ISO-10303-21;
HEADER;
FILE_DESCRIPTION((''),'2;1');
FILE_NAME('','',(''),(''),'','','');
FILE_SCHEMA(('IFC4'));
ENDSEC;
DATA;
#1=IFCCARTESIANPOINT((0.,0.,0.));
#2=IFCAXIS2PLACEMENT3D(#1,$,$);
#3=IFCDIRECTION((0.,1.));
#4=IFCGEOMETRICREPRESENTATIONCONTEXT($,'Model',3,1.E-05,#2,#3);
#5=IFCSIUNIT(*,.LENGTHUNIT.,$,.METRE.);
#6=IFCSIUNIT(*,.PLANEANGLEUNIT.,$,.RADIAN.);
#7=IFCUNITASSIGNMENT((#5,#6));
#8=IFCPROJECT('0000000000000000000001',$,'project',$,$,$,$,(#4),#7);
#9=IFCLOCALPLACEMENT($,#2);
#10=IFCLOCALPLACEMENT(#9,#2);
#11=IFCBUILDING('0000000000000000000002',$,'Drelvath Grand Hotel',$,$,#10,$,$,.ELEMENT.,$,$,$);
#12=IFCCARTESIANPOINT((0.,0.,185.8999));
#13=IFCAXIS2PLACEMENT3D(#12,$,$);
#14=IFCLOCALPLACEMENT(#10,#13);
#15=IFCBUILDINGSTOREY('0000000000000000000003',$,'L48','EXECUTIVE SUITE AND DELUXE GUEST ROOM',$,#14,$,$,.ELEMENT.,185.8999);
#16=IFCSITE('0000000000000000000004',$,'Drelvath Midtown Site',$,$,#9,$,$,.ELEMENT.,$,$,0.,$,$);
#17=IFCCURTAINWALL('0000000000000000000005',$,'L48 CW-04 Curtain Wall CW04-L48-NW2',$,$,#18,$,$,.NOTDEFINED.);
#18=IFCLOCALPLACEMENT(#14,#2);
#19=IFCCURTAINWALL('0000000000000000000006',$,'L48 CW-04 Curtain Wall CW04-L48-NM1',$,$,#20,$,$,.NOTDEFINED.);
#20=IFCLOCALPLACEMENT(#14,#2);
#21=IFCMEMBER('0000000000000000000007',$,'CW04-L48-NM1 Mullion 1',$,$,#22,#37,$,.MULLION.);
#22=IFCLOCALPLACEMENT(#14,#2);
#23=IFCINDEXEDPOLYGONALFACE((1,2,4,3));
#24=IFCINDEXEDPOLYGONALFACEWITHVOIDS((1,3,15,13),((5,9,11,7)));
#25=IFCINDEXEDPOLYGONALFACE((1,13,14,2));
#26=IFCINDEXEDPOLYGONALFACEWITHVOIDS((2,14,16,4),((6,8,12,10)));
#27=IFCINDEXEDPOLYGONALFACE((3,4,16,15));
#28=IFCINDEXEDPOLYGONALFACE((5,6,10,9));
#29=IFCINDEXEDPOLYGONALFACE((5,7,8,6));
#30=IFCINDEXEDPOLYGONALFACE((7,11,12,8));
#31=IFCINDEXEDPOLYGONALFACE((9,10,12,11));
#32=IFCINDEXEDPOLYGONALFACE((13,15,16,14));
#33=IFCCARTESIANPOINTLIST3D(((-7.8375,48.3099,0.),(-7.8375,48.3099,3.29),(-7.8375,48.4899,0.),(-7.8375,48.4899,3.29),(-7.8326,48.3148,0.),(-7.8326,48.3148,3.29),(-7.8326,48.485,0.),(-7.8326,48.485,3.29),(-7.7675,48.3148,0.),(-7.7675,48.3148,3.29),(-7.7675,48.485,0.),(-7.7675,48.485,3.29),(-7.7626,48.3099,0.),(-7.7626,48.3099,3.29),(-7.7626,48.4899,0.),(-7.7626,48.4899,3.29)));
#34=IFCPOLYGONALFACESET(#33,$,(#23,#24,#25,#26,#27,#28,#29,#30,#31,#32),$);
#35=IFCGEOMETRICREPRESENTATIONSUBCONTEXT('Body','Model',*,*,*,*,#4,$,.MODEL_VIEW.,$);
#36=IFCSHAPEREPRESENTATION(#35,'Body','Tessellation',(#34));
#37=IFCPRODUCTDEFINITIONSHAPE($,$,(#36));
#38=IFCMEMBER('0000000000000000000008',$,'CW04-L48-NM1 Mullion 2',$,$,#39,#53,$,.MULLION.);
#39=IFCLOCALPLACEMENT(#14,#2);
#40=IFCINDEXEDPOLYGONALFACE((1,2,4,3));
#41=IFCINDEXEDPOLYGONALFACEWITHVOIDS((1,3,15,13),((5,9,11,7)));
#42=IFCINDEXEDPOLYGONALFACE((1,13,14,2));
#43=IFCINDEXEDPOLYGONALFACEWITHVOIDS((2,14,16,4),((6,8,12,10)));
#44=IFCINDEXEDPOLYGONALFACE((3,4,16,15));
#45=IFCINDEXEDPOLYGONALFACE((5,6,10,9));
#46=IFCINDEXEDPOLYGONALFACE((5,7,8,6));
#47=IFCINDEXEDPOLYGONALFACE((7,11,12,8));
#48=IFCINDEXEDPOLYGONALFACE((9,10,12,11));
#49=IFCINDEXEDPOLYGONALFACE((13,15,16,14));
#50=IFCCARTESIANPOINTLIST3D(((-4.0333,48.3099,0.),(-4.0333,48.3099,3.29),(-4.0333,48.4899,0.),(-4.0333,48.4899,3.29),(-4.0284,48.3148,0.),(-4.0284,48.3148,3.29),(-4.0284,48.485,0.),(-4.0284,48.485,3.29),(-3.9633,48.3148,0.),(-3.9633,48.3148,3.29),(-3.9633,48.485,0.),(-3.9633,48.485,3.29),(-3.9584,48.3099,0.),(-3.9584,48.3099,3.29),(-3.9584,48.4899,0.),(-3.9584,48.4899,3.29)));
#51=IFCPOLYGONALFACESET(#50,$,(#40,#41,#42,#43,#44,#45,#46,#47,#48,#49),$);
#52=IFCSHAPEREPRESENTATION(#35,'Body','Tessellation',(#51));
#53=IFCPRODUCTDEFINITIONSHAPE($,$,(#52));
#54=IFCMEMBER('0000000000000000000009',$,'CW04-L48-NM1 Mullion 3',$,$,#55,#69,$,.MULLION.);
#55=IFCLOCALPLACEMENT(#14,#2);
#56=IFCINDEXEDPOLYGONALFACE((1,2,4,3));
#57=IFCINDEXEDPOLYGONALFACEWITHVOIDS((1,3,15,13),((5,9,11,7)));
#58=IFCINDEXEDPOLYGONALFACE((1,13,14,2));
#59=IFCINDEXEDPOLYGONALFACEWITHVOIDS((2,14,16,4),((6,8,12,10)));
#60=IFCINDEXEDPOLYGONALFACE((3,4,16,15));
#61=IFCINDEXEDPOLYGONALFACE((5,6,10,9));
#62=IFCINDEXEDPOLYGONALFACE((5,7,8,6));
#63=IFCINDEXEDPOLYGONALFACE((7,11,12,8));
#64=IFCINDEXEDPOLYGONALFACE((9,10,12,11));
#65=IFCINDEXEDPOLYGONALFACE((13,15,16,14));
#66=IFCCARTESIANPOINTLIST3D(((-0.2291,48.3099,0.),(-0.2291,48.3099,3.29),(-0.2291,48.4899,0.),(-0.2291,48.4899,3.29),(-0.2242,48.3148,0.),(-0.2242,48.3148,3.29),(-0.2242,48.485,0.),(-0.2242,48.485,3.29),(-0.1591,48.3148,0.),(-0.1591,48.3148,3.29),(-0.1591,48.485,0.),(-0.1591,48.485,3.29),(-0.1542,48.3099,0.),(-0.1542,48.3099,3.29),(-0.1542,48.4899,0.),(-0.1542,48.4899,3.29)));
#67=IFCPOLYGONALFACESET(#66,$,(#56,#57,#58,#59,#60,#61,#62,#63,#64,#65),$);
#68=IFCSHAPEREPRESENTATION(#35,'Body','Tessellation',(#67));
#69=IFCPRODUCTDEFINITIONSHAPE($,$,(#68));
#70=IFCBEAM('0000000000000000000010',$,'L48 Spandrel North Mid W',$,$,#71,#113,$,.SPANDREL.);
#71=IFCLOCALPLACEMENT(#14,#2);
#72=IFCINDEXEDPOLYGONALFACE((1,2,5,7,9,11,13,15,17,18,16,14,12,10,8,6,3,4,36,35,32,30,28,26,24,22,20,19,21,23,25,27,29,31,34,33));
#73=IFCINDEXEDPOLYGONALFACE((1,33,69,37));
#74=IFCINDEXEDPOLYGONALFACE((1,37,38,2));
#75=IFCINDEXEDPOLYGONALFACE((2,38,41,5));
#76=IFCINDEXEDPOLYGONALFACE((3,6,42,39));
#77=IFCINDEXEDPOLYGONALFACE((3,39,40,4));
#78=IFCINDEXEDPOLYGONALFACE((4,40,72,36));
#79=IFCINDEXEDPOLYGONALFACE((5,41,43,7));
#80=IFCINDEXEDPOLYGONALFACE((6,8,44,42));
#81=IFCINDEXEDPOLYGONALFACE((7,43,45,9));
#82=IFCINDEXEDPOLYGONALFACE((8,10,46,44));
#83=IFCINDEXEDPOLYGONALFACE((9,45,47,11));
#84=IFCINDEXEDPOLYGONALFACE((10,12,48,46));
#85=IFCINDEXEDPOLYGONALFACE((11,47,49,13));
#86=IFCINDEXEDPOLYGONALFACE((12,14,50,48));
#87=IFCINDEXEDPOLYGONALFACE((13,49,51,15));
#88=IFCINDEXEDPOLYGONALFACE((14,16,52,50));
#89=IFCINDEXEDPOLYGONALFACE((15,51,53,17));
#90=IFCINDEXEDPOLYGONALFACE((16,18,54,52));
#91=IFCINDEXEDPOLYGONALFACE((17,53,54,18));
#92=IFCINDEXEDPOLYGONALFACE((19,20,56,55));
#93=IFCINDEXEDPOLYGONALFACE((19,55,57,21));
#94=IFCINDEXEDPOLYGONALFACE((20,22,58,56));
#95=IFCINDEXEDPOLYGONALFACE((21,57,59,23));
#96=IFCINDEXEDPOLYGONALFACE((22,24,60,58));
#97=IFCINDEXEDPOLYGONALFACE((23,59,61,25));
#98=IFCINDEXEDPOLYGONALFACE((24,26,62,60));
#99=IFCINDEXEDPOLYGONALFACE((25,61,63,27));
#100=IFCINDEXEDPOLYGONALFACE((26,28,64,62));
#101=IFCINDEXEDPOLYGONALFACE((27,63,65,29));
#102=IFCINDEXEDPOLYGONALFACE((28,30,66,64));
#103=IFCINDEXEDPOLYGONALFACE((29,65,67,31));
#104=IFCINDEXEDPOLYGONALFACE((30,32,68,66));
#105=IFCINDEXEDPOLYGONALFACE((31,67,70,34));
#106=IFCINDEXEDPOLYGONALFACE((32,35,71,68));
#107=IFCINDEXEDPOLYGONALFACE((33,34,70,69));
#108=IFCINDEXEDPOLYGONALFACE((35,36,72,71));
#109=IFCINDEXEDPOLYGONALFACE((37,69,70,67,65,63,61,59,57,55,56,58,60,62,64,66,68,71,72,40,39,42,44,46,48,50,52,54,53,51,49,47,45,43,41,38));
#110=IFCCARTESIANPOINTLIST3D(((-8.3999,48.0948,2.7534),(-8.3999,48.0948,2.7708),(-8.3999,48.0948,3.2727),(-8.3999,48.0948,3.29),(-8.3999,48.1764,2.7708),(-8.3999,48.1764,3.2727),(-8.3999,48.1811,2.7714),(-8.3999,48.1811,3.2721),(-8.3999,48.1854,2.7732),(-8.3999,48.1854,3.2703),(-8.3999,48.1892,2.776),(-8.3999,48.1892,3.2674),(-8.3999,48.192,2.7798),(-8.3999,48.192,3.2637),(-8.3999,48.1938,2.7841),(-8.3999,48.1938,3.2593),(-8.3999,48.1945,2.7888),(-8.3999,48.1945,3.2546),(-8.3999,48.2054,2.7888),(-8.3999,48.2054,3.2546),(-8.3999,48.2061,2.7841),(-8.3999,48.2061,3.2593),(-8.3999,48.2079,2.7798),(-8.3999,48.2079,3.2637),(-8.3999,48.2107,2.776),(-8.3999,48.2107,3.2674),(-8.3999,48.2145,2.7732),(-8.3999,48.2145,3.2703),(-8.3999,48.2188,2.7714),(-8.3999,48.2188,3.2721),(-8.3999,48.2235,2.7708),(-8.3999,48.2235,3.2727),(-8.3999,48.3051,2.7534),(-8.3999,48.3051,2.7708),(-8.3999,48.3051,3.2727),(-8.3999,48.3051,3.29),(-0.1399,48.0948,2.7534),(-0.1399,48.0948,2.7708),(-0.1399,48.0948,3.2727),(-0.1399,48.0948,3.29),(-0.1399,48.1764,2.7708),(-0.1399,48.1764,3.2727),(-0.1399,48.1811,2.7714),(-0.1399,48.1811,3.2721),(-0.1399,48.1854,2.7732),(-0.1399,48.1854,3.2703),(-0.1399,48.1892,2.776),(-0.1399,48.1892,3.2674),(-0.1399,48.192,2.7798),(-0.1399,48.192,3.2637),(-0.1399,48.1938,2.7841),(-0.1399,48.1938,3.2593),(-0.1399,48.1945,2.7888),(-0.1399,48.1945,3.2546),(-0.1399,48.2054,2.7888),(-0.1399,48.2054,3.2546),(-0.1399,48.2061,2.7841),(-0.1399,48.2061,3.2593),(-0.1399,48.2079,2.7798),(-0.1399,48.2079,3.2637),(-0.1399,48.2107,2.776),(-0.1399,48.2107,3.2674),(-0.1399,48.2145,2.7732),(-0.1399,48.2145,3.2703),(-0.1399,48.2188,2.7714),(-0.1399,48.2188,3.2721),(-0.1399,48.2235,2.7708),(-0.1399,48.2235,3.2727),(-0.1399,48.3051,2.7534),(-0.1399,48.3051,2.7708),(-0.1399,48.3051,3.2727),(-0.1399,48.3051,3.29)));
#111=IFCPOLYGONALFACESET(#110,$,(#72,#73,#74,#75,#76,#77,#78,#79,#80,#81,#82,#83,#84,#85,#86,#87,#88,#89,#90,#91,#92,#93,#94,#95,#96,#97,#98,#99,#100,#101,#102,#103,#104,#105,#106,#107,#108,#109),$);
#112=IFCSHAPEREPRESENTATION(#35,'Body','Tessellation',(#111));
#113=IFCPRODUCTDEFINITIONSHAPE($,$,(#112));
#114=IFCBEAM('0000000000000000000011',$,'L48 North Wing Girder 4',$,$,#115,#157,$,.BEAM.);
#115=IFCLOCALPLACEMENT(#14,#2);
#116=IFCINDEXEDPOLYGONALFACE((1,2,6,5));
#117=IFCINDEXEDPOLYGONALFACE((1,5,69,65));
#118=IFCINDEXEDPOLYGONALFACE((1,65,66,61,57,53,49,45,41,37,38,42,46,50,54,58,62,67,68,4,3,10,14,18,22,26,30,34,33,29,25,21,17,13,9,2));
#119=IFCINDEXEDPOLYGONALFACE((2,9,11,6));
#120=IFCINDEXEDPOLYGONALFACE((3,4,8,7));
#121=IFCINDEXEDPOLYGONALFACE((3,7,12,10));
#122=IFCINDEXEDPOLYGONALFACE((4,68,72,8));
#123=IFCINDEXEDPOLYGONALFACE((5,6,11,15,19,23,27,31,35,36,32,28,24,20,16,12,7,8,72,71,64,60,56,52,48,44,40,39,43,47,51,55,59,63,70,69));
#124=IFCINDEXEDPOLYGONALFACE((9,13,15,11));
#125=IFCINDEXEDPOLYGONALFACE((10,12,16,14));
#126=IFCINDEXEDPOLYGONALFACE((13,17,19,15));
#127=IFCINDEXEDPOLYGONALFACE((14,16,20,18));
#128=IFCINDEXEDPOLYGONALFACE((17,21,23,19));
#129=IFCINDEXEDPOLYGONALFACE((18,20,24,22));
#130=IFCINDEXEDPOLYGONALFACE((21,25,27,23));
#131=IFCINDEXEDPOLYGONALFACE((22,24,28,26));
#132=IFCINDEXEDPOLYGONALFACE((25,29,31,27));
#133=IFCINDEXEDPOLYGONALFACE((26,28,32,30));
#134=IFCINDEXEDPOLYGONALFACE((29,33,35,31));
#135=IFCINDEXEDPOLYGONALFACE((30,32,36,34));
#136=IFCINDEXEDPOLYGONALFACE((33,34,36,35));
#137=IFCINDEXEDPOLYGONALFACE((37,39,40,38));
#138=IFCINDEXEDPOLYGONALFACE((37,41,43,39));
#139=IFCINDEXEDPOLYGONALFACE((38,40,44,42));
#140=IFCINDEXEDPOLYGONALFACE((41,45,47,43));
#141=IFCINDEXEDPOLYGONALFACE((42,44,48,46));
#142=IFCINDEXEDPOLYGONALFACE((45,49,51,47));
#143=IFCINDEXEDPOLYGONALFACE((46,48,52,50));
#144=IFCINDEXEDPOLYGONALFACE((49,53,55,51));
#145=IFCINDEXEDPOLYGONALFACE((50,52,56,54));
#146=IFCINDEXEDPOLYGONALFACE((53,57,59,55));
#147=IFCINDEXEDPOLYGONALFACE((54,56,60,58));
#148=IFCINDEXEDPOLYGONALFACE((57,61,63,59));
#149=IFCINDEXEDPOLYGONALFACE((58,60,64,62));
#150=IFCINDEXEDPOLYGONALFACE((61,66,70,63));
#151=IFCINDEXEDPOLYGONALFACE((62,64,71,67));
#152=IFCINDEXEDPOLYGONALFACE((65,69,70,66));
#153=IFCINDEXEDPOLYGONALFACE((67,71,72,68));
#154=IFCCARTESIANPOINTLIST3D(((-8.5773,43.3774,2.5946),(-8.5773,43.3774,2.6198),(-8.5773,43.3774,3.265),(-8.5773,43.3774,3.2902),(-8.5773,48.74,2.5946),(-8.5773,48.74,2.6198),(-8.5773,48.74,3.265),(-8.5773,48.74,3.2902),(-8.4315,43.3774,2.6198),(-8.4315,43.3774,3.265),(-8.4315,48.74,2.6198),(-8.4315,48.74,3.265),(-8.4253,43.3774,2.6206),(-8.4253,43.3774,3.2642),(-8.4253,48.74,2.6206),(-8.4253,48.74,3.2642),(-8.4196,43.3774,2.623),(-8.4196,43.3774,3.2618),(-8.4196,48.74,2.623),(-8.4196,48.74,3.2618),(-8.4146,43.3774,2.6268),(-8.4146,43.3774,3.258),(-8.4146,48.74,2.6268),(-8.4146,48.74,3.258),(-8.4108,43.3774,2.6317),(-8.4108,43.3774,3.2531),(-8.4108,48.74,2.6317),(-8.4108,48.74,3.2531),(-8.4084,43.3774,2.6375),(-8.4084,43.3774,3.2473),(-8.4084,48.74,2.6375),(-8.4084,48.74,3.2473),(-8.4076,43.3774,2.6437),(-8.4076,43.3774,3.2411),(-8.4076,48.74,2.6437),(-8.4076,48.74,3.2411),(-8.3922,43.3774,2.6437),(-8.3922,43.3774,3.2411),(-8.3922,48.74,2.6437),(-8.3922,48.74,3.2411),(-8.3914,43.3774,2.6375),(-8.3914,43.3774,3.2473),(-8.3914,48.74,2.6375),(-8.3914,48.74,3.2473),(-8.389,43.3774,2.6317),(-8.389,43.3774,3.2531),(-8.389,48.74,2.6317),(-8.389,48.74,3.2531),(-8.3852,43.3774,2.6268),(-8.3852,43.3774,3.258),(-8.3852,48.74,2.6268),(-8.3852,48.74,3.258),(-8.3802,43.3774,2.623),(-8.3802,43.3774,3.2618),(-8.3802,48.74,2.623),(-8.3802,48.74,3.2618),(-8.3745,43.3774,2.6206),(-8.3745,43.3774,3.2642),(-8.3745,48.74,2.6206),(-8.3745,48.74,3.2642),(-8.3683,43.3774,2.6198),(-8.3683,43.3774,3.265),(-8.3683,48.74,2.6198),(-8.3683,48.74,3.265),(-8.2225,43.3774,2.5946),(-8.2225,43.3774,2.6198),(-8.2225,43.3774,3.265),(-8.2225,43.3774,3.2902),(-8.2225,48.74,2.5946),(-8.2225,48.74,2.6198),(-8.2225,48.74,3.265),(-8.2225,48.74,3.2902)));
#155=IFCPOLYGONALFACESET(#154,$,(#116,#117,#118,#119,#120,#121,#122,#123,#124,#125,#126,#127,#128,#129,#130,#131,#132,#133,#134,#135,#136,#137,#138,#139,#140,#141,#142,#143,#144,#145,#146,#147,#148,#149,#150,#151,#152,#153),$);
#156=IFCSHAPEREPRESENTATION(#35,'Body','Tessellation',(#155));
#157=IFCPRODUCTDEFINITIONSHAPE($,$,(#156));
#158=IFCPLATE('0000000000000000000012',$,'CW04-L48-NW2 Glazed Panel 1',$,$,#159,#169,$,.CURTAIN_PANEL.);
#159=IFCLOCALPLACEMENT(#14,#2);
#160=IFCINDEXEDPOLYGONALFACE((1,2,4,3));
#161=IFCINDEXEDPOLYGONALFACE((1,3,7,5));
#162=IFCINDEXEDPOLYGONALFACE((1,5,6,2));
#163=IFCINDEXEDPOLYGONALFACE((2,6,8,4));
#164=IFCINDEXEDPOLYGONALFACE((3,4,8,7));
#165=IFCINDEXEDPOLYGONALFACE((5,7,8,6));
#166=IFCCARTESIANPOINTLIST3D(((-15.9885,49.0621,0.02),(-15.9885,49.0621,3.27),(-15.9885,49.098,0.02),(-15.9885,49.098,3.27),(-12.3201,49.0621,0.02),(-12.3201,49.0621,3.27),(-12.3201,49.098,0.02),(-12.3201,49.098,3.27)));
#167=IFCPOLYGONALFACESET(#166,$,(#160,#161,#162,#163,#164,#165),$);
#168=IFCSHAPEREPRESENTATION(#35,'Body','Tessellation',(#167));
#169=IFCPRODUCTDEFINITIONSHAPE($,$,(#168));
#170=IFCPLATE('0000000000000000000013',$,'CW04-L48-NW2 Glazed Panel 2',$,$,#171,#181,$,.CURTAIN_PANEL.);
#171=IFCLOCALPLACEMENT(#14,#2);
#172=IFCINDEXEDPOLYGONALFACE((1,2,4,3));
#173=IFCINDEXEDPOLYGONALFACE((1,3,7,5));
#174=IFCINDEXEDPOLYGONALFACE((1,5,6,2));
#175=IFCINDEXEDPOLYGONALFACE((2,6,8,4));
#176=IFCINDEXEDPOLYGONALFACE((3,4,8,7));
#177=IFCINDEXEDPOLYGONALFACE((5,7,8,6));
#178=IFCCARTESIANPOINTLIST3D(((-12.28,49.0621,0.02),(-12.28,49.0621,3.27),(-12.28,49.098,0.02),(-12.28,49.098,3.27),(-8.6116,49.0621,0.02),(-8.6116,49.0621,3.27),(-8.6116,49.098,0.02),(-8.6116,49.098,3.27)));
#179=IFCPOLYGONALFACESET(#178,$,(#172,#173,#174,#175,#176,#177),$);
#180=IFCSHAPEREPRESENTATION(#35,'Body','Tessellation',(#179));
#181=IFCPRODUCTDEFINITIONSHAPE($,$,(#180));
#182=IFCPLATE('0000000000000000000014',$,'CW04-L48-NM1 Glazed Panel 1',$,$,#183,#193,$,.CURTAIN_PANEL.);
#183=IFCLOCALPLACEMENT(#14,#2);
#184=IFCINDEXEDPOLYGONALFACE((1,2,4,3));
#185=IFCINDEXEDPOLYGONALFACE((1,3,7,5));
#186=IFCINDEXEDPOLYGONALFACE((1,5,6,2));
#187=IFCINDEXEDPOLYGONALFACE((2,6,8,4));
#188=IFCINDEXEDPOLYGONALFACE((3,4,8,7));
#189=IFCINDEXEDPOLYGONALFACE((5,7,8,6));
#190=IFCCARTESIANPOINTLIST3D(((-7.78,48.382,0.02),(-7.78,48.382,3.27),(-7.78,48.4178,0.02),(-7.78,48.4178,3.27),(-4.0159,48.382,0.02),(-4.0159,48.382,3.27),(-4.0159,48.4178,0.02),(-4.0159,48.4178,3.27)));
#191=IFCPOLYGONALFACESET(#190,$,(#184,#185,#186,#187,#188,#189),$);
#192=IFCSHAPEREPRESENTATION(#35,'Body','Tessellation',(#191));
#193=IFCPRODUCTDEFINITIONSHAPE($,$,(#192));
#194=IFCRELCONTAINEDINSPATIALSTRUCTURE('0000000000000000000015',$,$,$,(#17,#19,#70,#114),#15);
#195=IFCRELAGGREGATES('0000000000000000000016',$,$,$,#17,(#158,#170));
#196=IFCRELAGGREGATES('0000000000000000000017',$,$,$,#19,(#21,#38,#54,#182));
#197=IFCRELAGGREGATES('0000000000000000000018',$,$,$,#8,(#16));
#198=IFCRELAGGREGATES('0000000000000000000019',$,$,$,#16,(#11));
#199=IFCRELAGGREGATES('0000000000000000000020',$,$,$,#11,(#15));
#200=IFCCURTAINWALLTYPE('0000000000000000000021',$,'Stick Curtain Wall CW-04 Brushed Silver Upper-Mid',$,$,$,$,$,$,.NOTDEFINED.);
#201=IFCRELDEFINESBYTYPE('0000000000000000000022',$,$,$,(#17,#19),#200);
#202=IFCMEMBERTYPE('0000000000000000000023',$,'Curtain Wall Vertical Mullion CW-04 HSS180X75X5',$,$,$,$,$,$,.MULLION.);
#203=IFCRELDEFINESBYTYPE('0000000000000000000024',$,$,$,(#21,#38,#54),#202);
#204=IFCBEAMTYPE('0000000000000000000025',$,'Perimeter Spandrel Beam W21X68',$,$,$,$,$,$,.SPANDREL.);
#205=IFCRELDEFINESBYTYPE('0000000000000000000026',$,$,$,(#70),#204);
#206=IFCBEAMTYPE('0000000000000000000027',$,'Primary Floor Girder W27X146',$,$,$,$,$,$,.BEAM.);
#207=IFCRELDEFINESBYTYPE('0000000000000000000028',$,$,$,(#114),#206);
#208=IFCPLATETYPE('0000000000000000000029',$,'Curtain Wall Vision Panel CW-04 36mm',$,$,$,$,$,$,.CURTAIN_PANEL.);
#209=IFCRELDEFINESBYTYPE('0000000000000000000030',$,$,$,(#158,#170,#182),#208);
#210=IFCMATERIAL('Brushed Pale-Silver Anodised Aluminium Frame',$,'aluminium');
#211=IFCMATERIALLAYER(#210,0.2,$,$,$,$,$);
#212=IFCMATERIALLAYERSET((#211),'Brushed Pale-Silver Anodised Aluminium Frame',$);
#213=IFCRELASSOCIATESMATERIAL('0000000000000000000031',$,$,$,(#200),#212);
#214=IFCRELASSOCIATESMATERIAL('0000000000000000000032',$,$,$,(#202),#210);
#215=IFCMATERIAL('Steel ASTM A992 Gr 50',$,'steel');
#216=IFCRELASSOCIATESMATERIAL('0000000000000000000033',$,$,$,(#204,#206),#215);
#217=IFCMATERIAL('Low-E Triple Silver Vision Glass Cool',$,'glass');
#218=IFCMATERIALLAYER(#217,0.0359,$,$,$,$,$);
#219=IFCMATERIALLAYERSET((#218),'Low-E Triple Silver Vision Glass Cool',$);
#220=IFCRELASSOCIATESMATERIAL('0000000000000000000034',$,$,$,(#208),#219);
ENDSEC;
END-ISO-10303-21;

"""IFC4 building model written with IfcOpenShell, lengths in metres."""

from ifc_helpers import new_model, si_unit, direction, frame, origin, origin_2d, place, context, subcontext, project, spatial, rectangle, hollow_rectangle, i_section, extrude, material, layer, layer_set, material_profile, profile_set, type_object, element, aggregate, save


model = new_model("IFC4")

# Units and contexts
model_context = context("Model", 3, precision=1e-05, world=origin(), true_north=direction((0.0, 1.0)))
body_context = subcontext(model_context, "Body", "Model", "MODEL_VIEW")
ifc_project = project(units=[si_unit("LENGTHUNIT", "METRE"), si_unit("PLANEANGLEUNIT", "RADIAN")], contexts=[model_context])

# Site, building, storey
site_placement = place(None, origin())
site = spatial("IfcSite", under=ifc_project, at=site_placement, Name="Drelvath Midtown Site", CompositionType="ELEMENT", RefElevation=0.0)
building_placement = place(site_placement, origin())
building = spatial("IfcBuilding", under=site, at=building_placement, Name="Drelvath Grand Hotel", CompositionType="ELEMENT")
storey_placement = place(building_placement, frame((0.0, 0.0, 185.8999)))
storey = spatial("IfcBuildingStorey", under=building, at=storey_placement, Name="L48", Description="EXECUTIVE SUITE AND DELUXE GUEST ROOM", CompositionType="ELEMENT", Elevation=185.8999)

# Curtain walls
ifc_material_1 = material(Name="Brushed Pale-Silver Anodised Aluminium Frame", Category="aluminium")
ifc_layer_1 = layer(ifc_material_1, 0.2)
ifc_layer_set_1 = layer_set([ifc_layer_1], Name="Brushed Pale-Silver Anodised Aluminium Frame")
curtain_wall_type = type_object("IfcCurtainWallType", Name="Stick Curtain Wall CW-04 Brushed Silver Upper-Mid", PredefinedType="NOTDEFINED", material=ifc_layer_set_1)
curtain_wall_1_placement = place(storey_placement, origin())
curtain_wall_1 = element("IfcCurtainWall", 1, at=curtain_wall_1_placement, inside=storey, type_object=curtain_wall_type, Name="L48 CW-04 Curtain Wall CW04-L48-NW2", PredefinedType="NOTDEFINED")
curtain_wall_2_placement = place(storey_placement, origin())
curtain_wall_2 = element("IfcCurtainWall", 2, at=curtain_wall_2_placement, inside=storey, type_object=curtain_wall_type, Name="L48 CW-04 Curtain Wall CW04-L48-NM1", PredefinedType="NOTDEFINED")

# Members
ifc_material_profile_1 = material_profile(ifc_material_1, hollow_rectangle(XDim=0.075, YDim=0.1799, WallThickness=0.0049, at=origin_2d()), Name="HSS180X75X5")
ifc_profile_set_1 = profile_set([ifc_material_profile_1], Name="Brushed Pale-Silver Anodised Aluminium Frame")
member_type_1 = type_object("IfcMemberType", Name="Curtain Wall Vertical Mullion CW-04 HSS180X75X5", PredefinedType="MULLION", material=ifc_profile_set_1)
member_1_placement = place(storey_placement, frame((-7.8, 48.3999, 0.0), z_axis=(0.0, 0.0, 1.0), x_axis=(1.0, 0.0, 0.0)))
member_1 = element("IfcMember", 3, at=member_1_placement, type_object=member_type_1, Name="CW04-L48-NM1 Mullion 1", PredefinedType="MULLION", context=body_context, shape_type="SweptSolid", body=[
    extrude(hollow_rectangle(XDim=0.075, YDim=0.1799, WallThickness=0.0049, at=origin_2d()), origin(), (0.0, 0.0, 1.0), 3.29),
])
member_2_placement = place(storey_placement, frame((-3.9958, 48.3999, 0.0), z_axis=(0.0, 0.0, 1.0), x_axis=(1.0, 0.0, 0.0)))
member_2 = element("IfcMember", 4, at=member_2_placement, type_object=member_type_1, Name="CW04-L48-NM1 Mullion 2", PredefinedType="MULLION", context=body_context, shape_type="SweptSolid", body=[
    extrude(hollow_rectangle(XDim=0.075, YDim=0.1799, WallThickness=0.0049, at=origin_2d()), origin(), (0.0, 0.0, 1.0), 3.29),
])
member_3_placement = place(storey_placement, frame((-0.1917, 48.3999, 0.0), z_axis=(0.0, 0.0, 1.0), x_axis=(1.0, 0.0, 0.0)))
member_3 = element("IfcMember", 5, at=member_3_placement, type_object=member_type_1, Name="CW04-L48-NM1 Mullion 3", PredefinedType="MULLION", context=body_context, shape_type="SweptSolid", body=[
    extrude(hollow_rectangle(XDim=0.075, YDim=0.1799, WallThickness=0.0049, at=origin_2d()), origin(), (0.0, 0.0, 1.0), 3.29),
])

# Beams
ifc_material_2 = material(Name="Steel ASTM A992 Gr 50", Category="steel")
ifc_material_profile_2 = material_profile(ifc_material_2, i_section(OverallWidth=0.2102, OverallDepth=0.5366, WebThickness=0.011, FlangeThickness=0.0173, FilletRadius=0.0181, at=origin_2d()), Name="W21X68")
ifc_profile_set_2 = profile_set([ifc_material_profile_2], Name="Steel ASTM A992 Gr 50")
beam_type_1 = type_object("IfcBeamType", Name="Perimeter Spandrel Beam W21X68", PredefinedType="SPANDREL", material=ifc_profile_set_2)
beam_1_placement = place(storey_placement, frame((-8.3999, 48.2, 3.0217), z_axis=(1.0, 0.0, 0.0), x_axis=(0.0, 1.0, 0.0)))
element("IfcBeam", 6, at=beam_1_placement, inside=storey, type_object=beam_type_1, Name="L48 Spandrel North Mid W", PredefinedType="SPANDREL", context=body_context, shape_type="SweptSolid", body=[
    extrude(i_section(OverallWidth=0.2102, OverallDepth=0.5366, WebThickness=0.011, FlangeThickness=0.0173, FilletRadius=0.0181, at=origin_2d()), origin(), (0.0, 0.0, 1.0), 8.26),
])
ifc_material_profile_3 = material_profile(ifc_material_2, i_section(OverallWidth=0.3547, OverallDepth=0.6956, WebThickness=0.0154, FlangeThickness=0.0251, FilletRadius=0.0239, at=origin_2d()), Name="W27X146")
ifc_profile_set_3 = profile_set([ifc_material_profile_3], Name="Steel ASTM A992 Gr 50")
beam_type_2 = type_object("IfcBeamType", Name="Primary Floor Girder W27X146", PredefinedType="BEAM", material=ifc_profile_set_3)
beam_2_placement = place(storey_placement, frame((-8.3999, 43.3774, 2.9424), z_axis=(0.0, 1.0, 0.0), x_axis=(-1.0, 0.0, 0.0)))
element("IfcBeam", 7, at=beam_2_placement, inside=storey, type_object=beam_type_2, Name="L48 North Wing Girder 4", PredefinedType="BEAM", context=body_context, shape_type="SweptSolid", body=[
    extrude(i_section(OverallWidth=0.3547, OverallDepth=0.6956, WebThickness=0.0154, FlangeThickness=0.0251, FilletRadius=0.0239, at=origin_2d()), origin(), (0.0, 0.0, 1.0), 5.3625),
])

# Plates
ifc_material_3 = material(Name="Low-E Triple Silver Vision Glass Cool", Category="glass")
ifc_layer_2 = layer(ifc_material_3, 0.0359)
ifc_layer_set_2 = layer_set([ifc_layer_2], Name="Low-E Triple Silver Vision Glass Cool")
plate_type = type_object("IfcPlateType", Name="Curtain Wall Vision Panel CW-04 36mm", PredefinedType="CURTAIN_PANEL", material=ifc_layer_set_2)
plate_1_placement = place(storey_placement, frame((-14.1543, 49.0801, 0.02), z_axis=(0.0, 0.0, 1.0), x_axis=(1.0, 0.0, 0.0)))
plate_1 = element("IfcPlate", 8, at=plate_1_placement, type_object=plate_type, Name="CW04-L48-NW2 Glazed Panel 1", PredefinedType="CURTAIN_PANEL", context=body_context, shape_type="SweptSolid", body=[
    extrude(rectangle(XDim=3.6685, YDim=0.0359, at=origin_2d()), origin(), (0.0, 0.0, 1.0), 3.25),
])
plate_2_placement = place(storey_placement, frame((-10.4458, 49.0801, 0.02), z_axis=(0.0, 0.0, 1.0), x_axis=(1.0, 0.0, 0.0)))
plate_2 = element("IfcPlate", 9, at=plate_2_placement, type_object=plate_type, Name="CW04-L48-NW2 Glazed Panel 2", PredefinedType="CURTAIN_PANEL", context=body_context, shape_type="SweptSolid", body=[
    extrude(rectangle(XDim=3.6685, YDim=0.0359, at=origin_2d()), origin(), (0.0, 0.0, 1.0), 3.25),
])
aggregate(curtain_wall_1, [plate_1, plate_2])
plate_3_placement = place(storey_placement, frame((-5.8979, 48.3999, 0.02), z_axis=(0.0, 0.0, 1.0), x_axis=(1.0, 0.0, 0.0)))
plate_3 = element("IfcPlate", 10, at=plate_3_placement, type_object=plate_type, Name="CW04-L48-NM1 Glazed Panel 1", PredefinedType="CURTAIN_PANEL", context=body_context, shape_type="SweptSolid", body=[
    extrude(rectangle(XDim=3.7642, YDim=0.0359, at=origin_2d()), origin(), (0.0, 0.0, 1.0), 3.25),
])
aggregate(curtain_wall_2, [member_1, member_2, member_3, plate_3])

save(model, "model.ifc")
